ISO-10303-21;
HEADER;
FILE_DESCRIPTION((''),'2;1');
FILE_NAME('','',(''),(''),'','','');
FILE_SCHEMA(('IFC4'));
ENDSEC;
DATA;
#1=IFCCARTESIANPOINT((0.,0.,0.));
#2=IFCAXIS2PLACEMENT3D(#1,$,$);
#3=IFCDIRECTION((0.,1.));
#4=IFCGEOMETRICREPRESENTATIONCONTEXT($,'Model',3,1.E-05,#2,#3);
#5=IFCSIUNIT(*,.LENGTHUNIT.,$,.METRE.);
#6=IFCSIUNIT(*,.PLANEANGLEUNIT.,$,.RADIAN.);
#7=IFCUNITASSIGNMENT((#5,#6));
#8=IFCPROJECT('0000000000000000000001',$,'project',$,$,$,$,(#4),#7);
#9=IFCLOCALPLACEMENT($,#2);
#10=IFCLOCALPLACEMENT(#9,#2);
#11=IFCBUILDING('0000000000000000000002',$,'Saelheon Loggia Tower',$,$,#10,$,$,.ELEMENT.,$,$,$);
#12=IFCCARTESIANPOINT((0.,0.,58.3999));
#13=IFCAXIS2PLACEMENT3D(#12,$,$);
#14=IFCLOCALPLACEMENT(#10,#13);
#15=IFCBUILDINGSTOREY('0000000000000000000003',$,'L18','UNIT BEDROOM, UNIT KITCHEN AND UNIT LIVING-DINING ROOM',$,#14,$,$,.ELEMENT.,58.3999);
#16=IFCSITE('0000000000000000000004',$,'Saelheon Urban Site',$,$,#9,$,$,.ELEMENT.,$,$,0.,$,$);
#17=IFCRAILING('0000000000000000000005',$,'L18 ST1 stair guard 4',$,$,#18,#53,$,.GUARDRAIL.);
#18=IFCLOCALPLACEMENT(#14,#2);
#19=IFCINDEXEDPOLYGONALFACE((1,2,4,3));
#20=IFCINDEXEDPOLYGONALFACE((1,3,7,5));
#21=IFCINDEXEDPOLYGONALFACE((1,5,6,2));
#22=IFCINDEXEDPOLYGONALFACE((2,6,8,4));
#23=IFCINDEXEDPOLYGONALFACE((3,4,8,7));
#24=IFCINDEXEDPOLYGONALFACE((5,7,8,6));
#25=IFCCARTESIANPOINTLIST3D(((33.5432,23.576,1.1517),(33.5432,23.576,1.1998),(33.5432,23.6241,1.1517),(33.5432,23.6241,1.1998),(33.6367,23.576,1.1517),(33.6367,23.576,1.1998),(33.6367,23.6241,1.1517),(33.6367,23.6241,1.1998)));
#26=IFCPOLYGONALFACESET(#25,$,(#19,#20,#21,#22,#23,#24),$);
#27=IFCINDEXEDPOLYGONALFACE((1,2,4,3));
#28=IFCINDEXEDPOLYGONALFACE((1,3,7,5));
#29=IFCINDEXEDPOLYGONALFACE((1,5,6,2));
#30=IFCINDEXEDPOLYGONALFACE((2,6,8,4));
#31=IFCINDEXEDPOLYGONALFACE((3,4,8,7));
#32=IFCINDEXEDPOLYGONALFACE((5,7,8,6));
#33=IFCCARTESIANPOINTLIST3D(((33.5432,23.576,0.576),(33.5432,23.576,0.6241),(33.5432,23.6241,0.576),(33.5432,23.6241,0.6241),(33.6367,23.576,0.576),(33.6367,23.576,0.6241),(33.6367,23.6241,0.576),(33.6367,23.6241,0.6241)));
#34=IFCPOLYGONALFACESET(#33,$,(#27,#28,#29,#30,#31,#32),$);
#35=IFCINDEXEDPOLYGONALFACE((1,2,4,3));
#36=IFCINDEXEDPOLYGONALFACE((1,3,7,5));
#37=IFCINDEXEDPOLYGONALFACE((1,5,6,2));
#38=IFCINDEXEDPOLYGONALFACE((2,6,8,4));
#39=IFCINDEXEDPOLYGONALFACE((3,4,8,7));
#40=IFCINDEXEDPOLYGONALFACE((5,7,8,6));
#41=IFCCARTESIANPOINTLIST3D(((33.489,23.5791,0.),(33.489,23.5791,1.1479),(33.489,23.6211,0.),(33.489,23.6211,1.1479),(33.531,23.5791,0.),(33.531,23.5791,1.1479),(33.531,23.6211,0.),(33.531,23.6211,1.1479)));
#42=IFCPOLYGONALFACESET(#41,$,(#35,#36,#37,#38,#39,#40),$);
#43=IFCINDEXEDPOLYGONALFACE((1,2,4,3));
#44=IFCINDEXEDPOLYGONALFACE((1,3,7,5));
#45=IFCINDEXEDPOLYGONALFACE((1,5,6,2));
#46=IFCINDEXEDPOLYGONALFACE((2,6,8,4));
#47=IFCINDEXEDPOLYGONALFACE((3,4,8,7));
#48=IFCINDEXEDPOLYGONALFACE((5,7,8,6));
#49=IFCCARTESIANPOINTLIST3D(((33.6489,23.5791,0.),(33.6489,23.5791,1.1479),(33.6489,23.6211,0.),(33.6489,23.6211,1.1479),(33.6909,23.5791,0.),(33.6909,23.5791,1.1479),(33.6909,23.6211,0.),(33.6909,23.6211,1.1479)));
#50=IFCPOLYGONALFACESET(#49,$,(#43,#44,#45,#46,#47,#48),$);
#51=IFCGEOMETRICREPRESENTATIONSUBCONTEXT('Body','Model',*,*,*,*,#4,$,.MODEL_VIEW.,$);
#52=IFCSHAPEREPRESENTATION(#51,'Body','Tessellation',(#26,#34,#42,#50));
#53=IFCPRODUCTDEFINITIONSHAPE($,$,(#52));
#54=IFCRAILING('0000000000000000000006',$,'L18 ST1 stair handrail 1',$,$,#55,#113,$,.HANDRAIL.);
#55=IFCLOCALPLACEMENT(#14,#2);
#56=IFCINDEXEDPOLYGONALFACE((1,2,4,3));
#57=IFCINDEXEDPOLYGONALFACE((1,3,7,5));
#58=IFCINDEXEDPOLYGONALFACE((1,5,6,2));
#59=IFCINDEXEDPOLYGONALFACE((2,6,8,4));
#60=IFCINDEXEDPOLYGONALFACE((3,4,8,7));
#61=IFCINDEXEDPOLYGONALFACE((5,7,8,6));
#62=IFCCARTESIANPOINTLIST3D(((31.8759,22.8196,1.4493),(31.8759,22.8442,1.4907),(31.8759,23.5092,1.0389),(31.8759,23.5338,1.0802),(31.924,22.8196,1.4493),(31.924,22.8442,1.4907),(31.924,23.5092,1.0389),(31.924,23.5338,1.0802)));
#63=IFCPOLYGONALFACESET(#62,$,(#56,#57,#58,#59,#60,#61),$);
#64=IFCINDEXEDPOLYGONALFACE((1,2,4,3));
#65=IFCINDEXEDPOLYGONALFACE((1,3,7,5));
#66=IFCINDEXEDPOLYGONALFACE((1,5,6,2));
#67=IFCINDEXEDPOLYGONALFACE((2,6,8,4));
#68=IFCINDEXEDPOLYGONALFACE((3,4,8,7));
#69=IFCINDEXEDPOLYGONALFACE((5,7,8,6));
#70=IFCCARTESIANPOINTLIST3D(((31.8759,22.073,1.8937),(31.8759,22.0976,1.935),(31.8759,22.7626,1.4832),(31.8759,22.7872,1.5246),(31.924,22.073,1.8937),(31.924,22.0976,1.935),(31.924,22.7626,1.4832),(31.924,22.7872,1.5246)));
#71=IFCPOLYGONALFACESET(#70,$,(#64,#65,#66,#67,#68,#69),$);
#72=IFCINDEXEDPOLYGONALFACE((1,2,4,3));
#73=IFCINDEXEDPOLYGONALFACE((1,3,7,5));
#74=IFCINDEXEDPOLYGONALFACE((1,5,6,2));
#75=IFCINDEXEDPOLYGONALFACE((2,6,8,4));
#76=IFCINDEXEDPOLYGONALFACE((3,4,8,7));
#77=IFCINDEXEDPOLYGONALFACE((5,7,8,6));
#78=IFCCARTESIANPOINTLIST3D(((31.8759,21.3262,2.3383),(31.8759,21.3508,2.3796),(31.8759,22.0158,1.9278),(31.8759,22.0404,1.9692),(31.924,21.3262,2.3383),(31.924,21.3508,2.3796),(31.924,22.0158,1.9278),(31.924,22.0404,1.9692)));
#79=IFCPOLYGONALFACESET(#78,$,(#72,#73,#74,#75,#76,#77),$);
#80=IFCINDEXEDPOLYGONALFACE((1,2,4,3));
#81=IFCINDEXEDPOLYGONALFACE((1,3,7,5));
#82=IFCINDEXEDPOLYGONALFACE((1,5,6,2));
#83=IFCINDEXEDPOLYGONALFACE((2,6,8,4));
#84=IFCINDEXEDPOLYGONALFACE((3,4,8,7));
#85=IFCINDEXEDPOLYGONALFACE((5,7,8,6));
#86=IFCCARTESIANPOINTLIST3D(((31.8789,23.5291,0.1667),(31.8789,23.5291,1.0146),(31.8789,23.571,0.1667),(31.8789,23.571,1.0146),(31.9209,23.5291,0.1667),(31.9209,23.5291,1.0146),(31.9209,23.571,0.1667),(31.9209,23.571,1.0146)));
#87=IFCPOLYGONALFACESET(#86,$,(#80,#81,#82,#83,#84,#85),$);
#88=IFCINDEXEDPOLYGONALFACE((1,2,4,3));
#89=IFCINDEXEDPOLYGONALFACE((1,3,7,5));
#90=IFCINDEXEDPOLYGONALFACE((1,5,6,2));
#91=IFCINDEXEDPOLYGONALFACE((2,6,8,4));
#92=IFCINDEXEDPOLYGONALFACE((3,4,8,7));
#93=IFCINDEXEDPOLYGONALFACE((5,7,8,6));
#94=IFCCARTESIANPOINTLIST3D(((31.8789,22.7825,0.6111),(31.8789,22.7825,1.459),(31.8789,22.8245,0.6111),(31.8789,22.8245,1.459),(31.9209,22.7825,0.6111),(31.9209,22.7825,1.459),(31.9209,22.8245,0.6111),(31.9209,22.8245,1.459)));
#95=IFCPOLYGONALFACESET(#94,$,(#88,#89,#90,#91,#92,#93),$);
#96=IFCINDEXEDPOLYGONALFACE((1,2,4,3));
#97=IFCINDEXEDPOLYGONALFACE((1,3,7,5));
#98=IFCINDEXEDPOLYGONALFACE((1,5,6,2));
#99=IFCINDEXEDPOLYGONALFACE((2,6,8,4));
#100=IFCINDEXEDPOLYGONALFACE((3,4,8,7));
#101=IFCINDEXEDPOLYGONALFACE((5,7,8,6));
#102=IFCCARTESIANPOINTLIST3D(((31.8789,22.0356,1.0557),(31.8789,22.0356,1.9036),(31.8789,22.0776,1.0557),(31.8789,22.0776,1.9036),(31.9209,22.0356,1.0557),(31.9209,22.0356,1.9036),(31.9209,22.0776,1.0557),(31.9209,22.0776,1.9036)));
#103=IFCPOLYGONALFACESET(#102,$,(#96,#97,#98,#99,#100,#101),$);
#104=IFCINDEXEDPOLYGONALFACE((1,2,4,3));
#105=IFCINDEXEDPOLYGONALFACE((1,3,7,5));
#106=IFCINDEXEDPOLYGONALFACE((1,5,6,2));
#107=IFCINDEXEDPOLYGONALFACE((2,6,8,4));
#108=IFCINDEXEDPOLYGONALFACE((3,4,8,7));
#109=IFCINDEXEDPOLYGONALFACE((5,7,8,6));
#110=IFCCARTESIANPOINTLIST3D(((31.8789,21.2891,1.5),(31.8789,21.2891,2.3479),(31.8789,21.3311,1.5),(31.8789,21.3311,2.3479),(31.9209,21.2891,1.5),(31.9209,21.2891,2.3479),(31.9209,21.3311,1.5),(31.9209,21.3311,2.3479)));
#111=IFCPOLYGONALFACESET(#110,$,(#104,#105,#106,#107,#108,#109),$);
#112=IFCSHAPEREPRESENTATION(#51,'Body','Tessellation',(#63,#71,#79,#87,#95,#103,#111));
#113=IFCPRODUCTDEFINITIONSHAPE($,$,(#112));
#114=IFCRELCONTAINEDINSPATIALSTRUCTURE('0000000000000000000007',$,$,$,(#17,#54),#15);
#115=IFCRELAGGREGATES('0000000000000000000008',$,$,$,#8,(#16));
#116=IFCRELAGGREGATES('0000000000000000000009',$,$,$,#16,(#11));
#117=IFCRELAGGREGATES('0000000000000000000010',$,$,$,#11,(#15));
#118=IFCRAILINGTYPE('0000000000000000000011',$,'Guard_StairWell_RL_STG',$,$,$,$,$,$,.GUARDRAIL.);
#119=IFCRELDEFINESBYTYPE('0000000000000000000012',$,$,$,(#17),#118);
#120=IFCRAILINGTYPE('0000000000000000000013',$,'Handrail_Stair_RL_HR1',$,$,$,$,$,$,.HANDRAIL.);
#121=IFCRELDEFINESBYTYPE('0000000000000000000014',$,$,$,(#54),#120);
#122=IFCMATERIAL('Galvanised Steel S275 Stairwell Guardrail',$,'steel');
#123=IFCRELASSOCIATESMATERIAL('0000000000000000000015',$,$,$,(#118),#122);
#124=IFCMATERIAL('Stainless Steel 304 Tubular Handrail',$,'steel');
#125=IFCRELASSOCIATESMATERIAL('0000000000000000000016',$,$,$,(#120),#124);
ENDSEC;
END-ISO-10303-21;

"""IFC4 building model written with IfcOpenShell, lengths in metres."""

from ifc_helpers import new_model, si_unit, direction, frame, origin, origin_2d, place, context, subcontext, project, spatial, rectangle, extrude, material, type_object, element, save


model = new_model("IFC4")

# Units and contexts
model_context = context("Model", 3, precision=1e-05, world=origin(), true_north=direction((0.0, 1.0)))
body_context = subcontext(model_context, "Body", "Model", "MODEL_VIEW")
ifc_project = project(units=[si_unit("LENGTHUNIT", "METRE"), si_unit("PLANEANGLEUNIT", "RADIAN")], contexts=[model_context])

# Site, building, storey
site_placement = place(None, origin())
site = spatial("IfcSite", under=ifc_project, at=site_placement, Name="Saelheon Urban Site", CompositionType="ELEMENT", RefElevation=0.0)
building_placement = place(site_placement, origin())
building = spatial("IfcBuilding", under=site, at=building_placement, Name="Saelheon Loggia Tower", CompositionType="ELEMENT")
storey_placement = place(building_placement, frame((0.0, 0.0, 58.3999)))
storey = spatial("IfcBuildingStorey", under=building, at=storey_placement, Name="L18", Description="UNIT BEDROOM, UNIT KITCHEN AND UNIT LIVING-DINING ROOM", CompositionType="ELEMENT", Elevation=58.3999)

# Railings
ifc_material_1 = material(Name="Galvanised Steel S275 Stairwell Guardrail", Category="steel")
railing_type_1 = type_object("IfcRailingType", Name="Guard_StairWell_RL_STG", PredefinedType="GUARDRAIL", material=ifc_material_1)
railing_1_placement = place(storey_placement, frame((33.51, 23.6001, 0.0)))
element("IfcRailing", 1, at=railing_1_placement, inside=storey, type_object=railing_type_1, Name="L18 ST1 stair guard 4", PredefinedType="GUARDRAIL", context=body_context, shape_type="SweptSolid", body=[
    extrude(rectangle(XDim=0.0481, YDim=0.0481, at=origin_2d()), frame((0.0332, 0.0, 1.1758), z_axis=(1.0, 0.0, 0.0), x_axis=(0.0, 1.0, 0.0)), (0.0, 0.0, 1.0), 0.0935),
    extrude(rectangle(XDim=0.0481, YDim=0.0481, at=origin_2d()), frame((0.0332, 0.0, 0.6001), z_axis=(1.0, 0.0, 0.0), x_axis=(0.0, 1.0, 0.0)), (0.0, 0.0, 1.0), 0.0935),
    extrude(rectangle(XDim=0.042, YDim=0.042, at=origin_2d()), origin(), (0.0, 0.0, 1.0), 1.1479),
    extrude(rectangle(XDim=0.042, YDim=0.042, at=origin_2d()), frame((0.1599, 0.0, 0.0)), (0.0, 0.0, 1.0), 1.1479),
])
ifc_material_2 = material(Name="Stainless Steel 304 Tubular Handrail", Category="steel")
railing_type_2 = type_object("IfcRailingType", Name="Handrail_Stair_RL_HR1", PredefinedType="HANDRAIL", material=ifc_material_2)
railing_2_placement = place(storey_placement, frame((31.8999, 23.55, 0.1667)))
element("IfcRailing", 2, at=railing_2_placement, inside=storey, type_object=railing_type_2, Name="L18 ST1 stair handrail 1", PredefinedType="HANDRAIL", context=body_context, shape_type="SweptSolid", body=[
    extrude(rectangle(XDim=0.0481, YDim=0.0481, at=origin_2d()), frame((0.0, -0.0286, 0.8928), z_axis=(0.0, -0.859306, 0.511462), x_axis=(1.0, 0.0, 0.0)), (0.0, 0.0, 1.0), 0.8025),
    extrude(rectangle(XDim=0.0481, YDim=0.0481, at=origin_2d()), frame((0.0, -0.7751, 1.3372), z_axis=(0.0, -0.859306, 0.511462), x_axis=(1.0, 0.0, 0.0)), (0.0, 0.0, 1.0), 0.8025),
    extrude(rectangle(XDim=0.0481, YDim=0.0481, at=origin_2d()), frame((0.0, -1.522, 1.7817), z_axis=(0.0, -0.859306, 0.511462), x_axis=(1.0, 0.0, 0.0)), (0.0, 0.0, 1.0), 0.8025),
    extrude(rectangle(XDim=0.042, YDim=0.042, at=origin_2d()), origin(), (0.0, 0.0, 1.0), 0.8479),
    extrude(rectangle(XDim=0.042, YDim=0.042, at=origin_2d()), frame((0.0, -0.7466, 0.4443)), (0.0, 0.0, 1.0), 0.8479),
    extrude(rectangle(XDim=0.042, YDim=0.042, at=origin_2d()), frame((0.0, -1.4934, 0.8889)), (0.0, 0.0, 1.0), 0.8479),
    extrude(rectangle(XDim=0.042, YDim=0.042, at=origin_2d()), frame((0.0, -2.24, 1.3333)), (0.0, 0.0, 1.0), 0.8479),
])

save(model, "model.ifc")
